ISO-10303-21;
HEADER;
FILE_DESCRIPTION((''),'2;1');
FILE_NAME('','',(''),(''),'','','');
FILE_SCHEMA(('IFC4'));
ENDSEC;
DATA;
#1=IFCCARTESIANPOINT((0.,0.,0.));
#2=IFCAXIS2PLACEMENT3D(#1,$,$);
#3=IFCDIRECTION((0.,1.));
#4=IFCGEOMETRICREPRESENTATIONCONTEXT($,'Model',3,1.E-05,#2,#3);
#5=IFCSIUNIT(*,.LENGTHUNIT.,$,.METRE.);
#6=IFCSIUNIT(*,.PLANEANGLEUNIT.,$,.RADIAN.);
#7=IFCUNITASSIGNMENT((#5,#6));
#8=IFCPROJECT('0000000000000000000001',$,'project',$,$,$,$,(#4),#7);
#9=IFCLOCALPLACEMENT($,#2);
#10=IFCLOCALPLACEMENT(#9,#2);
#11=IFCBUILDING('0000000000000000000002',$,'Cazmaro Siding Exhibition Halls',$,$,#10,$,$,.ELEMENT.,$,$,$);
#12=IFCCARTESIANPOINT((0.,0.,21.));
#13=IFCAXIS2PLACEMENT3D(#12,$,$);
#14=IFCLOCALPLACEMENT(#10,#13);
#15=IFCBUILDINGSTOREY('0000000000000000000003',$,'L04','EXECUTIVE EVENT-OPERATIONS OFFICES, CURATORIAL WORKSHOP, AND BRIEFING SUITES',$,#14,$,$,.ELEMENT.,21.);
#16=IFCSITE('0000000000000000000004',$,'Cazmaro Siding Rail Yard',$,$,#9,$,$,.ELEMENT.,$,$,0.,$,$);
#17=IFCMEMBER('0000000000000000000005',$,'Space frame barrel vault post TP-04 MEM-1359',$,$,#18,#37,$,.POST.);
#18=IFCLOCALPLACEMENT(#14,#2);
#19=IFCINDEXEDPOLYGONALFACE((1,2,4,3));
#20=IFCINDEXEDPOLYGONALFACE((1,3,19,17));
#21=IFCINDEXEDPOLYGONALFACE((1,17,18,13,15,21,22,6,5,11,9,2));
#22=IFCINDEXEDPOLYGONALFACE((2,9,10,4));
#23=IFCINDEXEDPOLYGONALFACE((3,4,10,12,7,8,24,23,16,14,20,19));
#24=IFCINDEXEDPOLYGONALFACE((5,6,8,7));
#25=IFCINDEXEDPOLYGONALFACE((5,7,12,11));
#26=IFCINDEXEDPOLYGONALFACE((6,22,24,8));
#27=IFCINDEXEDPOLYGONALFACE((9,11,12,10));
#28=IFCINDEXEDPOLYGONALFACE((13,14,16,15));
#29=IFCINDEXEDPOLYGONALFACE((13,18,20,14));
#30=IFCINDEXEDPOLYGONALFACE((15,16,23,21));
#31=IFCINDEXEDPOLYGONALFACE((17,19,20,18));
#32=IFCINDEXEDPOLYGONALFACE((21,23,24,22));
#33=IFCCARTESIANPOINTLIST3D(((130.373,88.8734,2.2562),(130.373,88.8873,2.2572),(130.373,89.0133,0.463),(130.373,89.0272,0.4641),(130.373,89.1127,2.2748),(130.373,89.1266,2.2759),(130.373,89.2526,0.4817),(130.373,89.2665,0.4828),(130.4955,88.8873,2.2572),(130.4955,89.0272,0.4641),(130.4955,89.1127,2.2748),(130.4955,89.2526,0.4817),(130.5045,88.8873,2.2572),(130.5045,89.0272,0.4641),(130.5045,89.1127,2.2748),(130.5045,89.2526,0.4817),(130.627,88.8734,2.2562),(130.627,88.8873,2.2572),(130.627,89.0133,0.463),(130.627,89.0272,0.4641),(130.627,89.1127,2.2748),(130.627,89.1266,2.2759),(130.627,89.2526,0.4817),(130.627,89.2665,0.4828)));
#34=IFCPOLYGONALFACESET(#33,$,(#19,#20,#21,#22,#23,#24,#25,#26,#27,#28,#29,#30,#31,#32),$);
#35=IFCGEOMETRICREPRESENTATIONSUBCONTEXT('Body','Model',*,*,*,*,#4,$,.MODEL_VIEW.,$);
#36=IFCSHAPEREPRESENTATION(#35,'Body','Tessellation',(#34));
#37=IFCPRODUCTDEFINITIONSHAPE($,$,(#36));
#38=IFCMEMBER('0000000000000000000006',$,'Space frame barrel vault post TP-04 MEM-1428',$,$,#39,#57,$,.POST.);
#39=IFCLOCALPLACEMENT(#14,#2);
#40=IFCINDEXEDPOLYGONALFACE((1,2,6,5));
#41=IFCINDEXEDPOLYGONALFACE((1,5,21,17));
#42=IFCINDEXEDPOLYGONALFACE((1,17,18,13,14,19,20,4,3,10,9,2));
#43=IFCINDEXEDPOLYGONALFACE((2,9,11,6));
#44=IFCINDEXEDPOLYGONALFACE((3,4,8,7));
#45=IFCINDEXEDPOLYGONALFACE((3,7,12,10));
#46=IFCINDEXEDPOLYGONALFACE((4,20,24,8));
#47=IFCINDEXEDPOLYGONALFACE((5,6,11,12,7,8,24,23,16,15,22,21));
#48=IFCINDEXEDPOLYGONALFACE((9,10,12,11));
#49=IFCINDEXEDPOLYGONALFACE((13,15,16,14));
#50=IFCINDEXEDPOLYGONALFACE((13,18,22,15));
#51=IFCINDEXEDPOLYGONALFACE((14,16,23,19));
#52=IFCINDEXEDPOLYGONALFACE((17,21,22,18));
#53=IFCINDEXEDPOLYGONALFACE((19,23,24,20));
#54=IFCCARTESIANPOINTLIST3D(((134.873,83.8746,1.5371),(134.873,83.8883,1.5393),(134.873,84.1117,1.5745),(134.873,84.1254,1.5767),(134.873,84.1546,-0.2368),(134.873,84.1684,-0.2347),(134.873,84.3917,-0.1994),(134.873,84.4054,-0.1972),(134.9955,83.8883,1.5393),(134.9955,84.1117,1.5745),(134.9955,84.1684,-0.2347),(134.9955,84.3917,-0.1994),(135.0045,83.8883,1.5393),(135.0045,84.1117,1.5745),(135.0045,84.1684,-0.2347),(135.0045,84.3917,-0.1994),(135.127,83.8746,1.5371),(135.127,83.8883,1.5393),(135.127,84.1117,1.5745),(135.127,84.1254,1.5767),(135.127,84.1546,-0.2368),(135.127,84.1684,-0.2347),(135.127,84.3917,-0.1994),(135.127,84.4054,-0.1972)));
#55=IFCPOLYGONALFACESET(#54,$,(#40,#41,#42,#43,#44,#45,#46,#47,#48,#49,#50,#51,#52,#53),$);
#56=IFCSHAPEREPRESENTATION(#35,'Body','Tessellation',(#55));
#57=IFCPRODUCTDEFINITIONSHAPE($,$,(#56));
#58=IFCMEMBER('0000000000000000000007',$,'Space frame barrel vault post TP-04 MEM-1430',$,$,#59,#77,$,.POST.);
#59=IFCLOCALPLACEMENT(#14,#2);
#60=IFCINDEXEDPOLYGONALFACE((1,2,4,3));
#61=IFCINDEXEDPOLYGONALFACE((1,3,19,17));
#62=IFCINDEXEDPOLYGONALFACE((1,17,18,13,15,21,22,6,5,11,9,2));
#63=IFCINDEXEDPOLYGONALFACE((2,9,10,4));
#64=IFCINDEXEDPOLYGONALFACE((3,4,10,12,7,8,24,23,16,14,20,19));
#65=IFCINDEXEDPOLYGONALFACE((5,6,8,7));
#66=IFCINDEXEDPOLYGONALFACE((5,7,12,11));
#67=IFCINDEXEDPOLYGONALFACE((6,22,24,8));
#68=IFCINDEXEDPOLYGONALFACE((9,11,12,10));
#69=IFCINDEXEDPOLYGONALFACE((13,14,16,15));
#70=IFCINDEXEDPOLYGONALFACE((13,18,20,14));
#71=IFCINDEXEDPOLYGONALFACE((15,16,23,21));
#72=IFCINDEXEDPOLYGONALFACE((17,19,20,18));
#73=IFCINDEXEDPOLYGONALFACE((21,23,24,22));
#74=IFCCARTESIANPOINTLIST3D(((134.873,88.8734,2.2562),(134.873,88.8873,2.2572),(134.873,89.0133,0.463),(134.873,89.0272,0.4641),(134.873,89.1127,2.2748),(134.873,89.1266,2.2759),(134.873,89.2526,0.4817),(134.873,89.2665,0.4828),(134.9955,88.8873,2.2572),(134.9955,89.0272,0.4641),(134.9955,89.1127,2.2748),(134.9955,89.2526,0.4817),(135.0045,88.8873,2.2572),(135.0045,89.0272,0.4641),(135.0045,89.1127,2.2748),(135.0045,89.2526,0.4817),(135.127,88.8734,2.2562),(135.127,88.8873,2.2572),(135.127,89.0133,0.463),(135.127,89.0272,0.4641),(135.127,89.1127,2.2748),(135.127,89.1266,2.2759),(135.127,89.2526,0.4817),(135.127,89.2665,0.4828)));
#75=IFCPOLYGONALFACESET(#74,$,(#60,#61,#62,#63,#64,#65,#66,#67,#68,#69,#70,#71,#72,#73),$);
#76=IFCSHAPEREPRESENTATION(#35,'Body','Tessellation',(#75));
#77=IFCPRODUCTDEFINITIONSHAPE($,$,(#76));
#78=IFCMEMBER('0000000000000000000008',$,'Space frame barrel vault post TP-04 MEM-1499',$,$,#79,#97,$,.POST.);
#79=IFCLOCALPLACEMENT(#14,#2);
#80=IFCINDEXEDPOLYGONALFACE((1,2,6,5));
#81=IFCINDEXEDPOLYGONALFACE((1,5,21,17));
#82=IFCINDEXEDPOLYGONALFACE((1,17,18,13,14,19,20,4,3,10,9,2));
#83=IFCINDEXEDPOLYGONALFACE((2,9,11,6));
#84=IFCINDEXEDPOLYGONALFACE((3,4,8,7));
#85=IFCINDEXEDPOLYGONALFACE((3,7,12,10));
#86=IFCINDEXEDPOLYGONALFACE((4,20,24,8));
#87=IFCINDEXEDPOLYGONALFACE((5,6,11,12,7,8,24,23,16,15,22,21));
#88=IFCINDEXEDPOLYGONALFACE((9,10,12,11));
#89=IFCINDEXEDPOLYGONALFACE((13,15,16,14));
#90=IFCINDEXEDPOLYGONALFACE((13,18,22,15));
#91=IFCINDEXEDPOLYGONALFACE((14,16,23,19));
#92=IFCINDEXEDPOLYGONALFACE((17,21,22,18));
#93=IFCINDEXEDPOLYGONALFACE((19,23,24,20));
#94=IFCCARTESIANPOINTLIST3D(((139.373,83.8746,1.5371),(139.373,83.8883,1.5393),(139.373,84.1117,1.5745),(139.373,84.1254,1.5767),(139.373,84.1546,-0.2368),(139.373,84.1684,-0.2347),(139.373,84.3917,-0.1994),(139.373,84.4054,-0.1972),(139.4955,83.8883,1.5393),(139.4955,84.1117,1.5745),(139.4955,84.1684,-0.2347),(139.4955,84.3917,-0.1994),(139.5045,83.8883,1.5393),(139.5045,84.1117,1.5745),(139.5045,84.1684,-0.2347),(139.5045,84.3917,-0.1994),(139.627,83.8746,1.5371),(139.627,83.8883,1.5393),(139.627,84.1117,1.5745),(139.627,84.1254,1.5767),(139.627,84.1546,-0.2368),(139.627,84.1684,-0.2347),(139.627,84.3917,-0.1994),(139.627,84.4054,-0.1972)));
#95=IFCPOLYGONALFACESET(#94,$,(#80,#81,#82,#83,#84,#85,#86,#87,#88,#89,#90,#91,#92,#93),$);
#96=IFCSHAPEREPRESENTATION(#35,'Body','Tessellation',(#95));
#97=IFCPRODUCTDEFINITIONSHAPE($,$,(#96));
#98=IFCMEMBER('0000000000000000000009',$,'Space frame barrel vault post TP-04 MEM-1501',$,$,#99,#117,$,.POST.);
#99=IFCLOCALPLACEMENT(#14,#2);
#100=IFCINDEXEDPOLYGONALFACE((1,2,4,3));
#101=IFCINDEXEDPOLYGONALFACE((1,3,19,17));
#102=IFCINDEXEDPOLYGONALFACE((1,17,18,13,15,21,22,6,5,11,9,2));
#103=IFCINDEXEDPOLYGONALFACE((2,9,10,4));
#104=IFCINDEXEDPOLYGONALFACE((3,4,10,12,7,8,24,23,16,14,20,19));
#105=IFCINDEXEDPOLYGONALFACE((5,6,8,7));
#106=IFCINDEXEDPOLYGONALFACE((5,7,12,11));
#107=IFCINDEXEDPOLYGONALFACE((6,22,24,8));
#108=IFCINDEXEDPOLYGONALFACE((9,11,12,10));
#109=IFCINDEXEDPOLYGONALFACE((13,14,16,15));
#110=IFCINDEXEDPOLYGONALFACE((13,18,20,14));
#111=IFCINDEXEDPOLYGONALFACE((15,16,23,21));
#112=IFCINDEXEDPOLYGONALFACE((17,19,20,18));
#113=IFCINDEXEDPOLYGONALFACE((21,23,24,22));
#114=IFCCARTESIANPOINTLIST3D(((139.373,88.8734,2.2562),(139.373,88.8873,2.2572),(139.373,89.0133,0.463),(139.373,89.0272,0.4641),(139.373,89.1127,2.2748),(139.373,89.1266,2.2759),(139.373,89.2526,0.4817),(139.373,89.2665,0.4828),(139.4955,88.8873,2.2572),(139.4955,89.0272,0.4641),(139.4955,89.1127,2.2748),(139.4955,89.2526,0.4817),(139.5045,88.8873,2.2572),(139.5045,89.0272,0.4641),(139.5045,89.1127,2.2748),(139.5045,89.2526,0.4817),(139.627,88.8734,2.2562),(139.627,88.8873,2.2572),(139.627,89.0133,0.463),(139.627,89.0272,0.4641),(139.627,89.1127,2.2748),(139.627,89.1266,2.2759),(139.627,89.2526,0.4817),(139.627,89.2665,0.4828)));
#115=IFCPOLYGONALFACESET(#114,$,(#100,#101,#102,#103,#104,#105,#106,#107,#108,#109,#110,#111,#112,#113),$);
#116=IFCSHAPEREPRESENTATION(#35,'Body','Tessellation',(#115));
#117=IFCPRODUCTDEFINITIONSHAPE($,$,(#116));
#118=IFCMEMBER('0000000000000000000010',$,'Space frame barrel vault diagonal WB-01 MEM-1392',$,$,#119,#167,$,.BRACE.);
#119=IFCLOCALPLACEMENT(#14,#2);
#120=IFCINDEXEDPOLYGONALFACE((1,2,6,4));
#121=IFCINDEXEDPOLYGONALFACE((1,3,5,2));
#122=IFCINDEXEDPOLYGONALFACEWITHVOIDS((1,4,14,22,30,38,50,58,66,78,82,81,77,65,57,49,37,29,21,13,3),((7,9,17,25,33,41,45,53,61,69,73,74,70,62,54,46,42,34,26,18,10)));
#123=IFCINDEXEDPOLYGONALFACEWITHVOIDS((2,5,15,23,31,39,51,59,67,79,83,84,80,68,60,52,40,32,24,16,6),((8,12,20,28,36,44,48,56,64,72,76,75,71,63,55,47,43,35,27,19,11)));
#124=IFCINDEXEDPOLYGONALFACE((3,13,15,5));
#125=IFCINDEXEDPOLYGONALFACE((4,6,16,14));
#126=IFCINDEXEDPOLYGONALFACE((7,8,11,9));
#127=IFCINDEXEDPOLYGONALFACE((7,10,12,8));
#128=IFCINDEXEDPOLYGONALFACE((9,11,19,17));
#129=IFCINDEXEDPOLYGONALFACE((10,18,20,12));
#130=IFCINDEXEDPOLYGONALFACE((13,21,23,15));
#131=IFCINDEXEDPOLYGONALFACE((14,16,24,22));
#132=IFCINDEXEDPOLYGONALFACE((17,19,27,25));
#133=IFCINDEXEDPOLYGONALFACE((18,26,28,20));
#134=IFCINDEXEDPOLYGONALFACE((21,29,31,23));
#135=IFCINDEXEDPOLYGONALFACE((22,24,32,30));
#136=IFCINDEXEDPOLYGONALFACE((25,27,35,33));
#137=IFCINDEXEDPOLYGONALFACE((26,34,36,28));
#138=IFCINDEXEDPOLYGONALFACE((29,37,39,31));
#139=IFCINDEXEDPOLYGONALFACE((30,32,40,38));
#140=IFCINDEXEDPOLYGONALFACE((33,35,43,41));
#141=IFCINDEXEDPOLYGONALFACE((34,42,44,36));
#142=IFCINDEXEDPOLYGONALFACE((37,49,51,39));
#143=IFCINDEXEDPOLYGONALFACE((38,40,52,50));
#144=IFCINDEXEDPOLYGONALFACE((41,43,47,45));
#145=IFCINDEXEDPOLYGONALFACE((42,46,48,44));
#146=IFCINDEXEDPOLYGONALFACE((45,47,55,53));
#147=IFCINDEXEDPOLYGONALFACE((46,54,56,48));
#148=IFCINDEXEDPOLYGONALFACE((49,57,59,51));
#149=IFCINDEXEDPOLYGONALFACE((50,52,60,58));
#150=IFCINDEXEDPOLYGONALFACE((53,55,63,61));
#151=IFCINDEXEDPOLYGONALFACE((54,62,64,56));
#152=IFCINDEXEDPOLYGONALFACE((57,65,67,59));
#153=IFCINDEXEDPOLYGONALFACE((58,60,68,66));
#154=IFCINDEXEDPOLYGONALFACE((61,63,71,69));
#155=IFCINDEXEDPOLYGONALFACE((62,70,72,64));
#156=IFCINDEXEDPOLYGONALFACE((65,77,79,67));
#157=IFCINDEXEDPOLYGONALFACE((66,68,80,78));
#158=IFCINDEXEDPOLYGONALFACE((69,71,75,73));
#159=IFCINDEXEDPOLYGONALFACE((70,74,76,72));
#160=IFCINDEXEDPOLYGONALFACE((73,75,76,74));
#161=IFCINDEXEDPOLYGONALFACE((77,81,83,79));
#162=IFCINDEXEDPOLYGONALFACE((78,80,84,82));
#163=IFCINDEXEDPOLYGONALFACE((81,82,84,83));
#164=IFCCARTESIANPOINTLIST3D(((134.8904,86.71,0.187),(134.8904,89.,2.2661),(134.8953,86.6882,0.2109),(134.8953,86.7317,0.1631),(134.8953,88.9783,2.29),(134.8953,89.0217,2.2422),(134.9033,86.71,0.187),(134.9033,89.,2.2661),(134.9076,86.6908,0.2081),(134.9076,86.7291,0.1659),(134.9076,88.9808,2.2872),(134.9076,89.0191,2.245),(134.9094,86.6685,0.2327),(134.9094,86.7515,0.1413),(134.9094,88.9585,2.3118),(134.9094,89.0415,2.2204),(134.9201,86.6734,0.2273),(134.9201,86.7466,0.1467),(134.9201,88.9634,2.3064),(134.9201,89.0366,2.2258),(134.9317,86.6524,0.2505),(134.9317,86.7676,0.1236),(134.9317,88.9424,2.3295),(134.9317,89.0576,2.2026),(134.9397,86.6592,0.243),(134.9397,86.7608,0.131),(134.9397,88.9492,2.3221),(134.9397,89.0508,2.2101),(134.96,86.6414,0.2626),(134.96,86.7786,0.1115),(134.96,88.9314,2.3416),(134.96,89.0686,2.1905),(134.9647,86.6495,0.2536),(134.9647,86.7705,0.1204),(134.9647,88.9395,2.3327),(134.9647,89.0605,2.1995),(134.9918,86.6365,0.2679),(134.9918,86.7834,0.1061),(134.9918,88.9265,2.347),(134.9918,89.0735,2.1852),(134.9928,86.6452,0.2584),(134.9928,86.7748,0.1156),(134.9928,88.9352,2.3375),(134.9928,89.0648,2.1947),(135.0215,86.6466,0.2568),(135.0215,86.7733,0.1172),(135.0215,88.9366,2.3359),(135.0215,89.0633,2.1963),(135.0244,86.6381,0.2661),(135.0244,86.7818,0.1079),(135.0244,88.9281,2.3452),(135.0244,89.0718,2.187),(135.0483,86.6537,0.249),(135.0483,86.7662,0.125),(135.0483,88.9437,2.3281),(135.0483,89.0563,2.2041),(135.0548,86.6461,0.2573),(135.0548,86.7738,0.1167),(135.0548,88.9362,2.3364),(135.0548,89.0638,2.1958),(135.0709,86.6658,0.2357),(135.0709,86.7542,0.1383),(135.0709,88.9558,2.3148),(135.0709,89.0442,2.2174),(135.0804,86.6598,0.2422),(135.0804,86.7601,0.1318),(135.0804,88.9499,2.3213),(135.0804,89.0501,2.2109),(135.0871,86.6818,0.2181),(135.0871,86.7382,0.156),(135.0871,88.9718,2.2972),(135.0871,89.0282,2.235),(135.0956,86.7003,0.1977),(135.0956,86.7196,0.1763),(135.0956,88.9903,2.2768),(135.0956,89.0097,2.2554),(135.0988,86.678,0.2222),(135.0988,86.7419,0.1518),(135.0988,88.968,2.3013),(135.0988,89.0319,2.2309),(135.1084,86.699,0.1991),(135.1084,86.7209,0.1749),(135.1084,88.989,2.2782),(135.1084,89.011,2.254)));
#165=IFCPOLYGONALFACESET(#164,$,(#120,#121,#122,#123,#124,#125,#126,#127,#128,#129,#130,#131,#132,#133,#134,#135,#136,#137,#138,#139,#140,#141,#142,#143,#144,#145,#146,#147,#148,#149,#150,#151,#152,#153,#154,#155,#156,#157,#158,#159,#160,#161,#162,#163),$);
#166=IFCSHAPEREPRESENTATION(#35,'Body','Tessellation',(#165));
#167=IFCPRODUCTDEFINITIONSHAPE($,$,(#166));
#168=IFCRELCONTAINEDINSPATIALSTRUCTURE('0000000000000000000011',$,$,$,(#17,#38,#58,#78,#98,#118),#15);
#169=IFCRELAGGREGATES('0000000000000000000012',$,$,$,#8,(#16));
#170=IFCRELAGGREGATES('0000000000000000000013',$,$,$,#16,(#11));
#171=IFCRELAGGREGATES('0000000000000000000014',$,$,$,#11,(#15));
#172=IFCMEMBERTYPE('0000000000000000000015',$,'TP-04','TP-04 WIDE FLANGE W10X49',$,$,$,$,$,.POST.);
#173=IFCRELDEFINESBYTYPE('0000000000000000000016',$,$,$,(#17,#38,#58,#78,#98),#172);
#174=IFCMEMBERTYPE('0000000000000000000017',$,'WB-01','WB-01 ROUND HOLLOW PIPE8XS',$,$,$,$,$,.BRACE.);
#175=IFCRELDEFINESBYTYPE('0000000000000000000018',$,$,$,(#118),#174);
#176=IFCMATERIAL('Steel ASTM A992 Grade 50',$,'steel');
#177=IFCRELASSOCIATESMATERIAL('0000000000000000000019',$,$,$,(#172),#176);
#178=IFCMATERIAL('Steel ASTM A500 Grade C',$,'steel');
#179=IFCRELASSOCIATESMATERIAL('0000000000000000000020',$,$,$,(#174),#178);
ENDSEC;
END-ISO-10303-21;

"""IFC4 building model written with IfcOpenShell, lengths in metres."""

from ifc_helpers import new_model, si_unit, direction, frame, origin, origin_2d, place, context, subcontext, project, spatial, hollow_circle, i_section, extrude, material, material_profile, profile_set, type_object, element, save


model = new_model("IFC4")

# Units and contexts
model_context = context("Model", 3, precision=1e-05, world=origin(), true_north=direction((0.0, 1.0)))
body_context = subcontext(model_context, "Body", "Model", "MODEL_VIEW")
ifc_project = project(units=[si_unit("LENGTHUNIT", "METRE"), si_unit("PLANEANGLEUNIT", "RADIAN")], contexts=[model_context])

# Site, building, storey
site_placement = place(None, origin())
site = spatial("IfcSite", under=ifc_project, at=site_placement, Name="Cazmaro Siding Rail Yard", CompositionType="ELEMENT", RefElevation=0.0)
building_placement = place(site_placement, origin())
building = spatial("IfcBuilding", under=site, at=building_placement, Name="Cazmaro Siding Exhibition Halls", CompositionType="ELEMENT")
storey_placement = place(building_placement, frame((0.0, 0.0, 21.0)))
storey = spatial("IfcBuildingStorey", under=building, at=storey_placement, Name="L04", Description="EXECUTIVE EVENT-OPERATIONS OFFICES, CURATORIAL WORKSHOP, AND BRIEFING SUITES", CompositionType="ELEMENT", Elevation=21.0)

# Members
ifc_material_1 = material(Name="Steel ASTM A992 Grade 50", Category="steel")
ifc_material_profile_1 = material_profile(ifc_material_1, i_section(OverallWidth=0.2539, OverallDepth=0.2539, WebThickness=0.009, FlangeThickness=0.0139, at=origin_2d()), Name="W10X49")
ifc_profile_set_1 = profile_set([ifc_material_profile_1], Name="Steel ASTM A992 Grade 50")
member_type_1 = type_object("IfcMemberType", Name="TP-04", Description="TP-04 WIDE FLANGE W10X49", PredefinedType="POST", material=ifc_profile_set_1)
member_1_placement = place(storey_placement, frame((130.5, 89.1399, 0.4729), z_axis=(0.0, -0.077776, 0.996971), x_axis=(1.0, 0.0, 0.0)))
element("IfcMember", 1, at=member_1_placement, inside=storey, type_object=member_type_1, Name="Space frame barrel vault post TP-04 MEM-1359", PredefinedType="POST", context=body_context, shape_type="SweptSolid", body=[
    extrude(i_section(OverallWidth=0.2539, OverallDepth=0.2539, WebThickness=0.009, FlangeThickness=0.0139, at=origin_2d()), origin(), (0.0, 0.0, 1.0), 1.7986),
])
member_2_placement = place(storey_placement, frame((135.0, 84.28, -0.217), z_axis=(0.0, -0.155928, 0.987768), x_axis=(1.0, 0.0, 0.0)))
element("IfcMember", 2, at=member_2_placement, inside=storey, type_object=member_type_1, Name="Space frame barrel vault post TP-04 MEM-1428", PredefinedType="POST", context=body_context, shape_type="SweptSolid", body=[
    extrude(i_section(OverallWidth=0.2539, OverallDepth=0.2539, WebThickness=0.009, FlangeThickness=0.0139, at=origin_2d()), origin(), (0.0, 0.0, 1.0), 1.7959),
])
member_3_placement = place(storey_placement, frame((135.0, 89.1399, 0.4729), z_axis=(0.0, -0.077776, 0.996971), x_axis=(1.0, 0.0, 0.0)))
element("IfcMember", 3, at=member_3_placement, inside=storey, type_object=member_type_1, Name="Space frame barrel vault post TP-04 MEM-1430", PredefinedType="POST", context=body_context, shape_type="SweptSolid", body=[
    extrude(i_section(OverallWidth=0.2539, OverallDepth=0.2539, WebThickness=0.009, FlangeThickness=0.0139, at=origin_2d()), origin(), (0.0, 0.0, 1.0), 1.7986),
])
member_4_placement = place(storey_placement, frame((139.5, 84.28, -0.217), z_axis=(0.0, -0.155928, 0.987768), x_axis=(1.0, 0.0, 0.0)))
element("IfcMember", 4, at=member_4_placement, inside=storey, type_object=member_type_1, Name="Space frame barrel vault post TP-04 MEM-1499", PredefinedType="POST", context=body_context, shape_type="SweptSolid", body=[
    extrude(i_section(OverallWidth=0.2539, OverallDepth=0.2539, WebThickness=0.009, FlangeThickness=0.0139, at=origin_2d()), origin(), (0.0, 0.0, 1.0), 1.7959),
])
member_5_placement = place(storey_placement, frame((139.5, 89.1399, 0.4729), z_axis=(0.0, -0.077776, 0.996971), x_axis=(1.0, 0.0, 0.0)))
element("IfcMember", 5, at=member_5_placement, inside=storey, type_object=member_type_1, Name="Space frame barrel vault post TP-04 MEM-1501", PredefinedType="POST", context=body_context, shape_type="SweptSolid", body=[
    extrude(i_section(OverallWidth=0.2539, OverallDepth=0.2539, WebThickness=0.009, FlangeThickness=0.0139, at=origin_2d()), origin(), (0.0, 0.0, 1.0), 1.7986),
])
ifc_material_2 = material(Name="Steel ASTM A500 Grade C", Category="steel")
ifc_material_profile_2 = material_profile(ifc_material_2, hollow_circle(Radius=0.1096, WallThickness=0.0129, at=origin_2d()), Name="PIPE8XS")
ifc_profile_set_2 = profile_set([ifc_material_profile_2], Name="Steel ASTM A500 Grade C")
member_type_2 = type_object("IfcMemberType", Name="WB-01", Description="WB-01 ROUND HOLLOW PIPE8XS", PredefinedType="BRACE", material=ifc_profile_set_2)
for number, where, z_axis, x_axis, name in (
    (6, (135.0, 86.71, 0.187), (0.0, 0.740383, 0.672185), (-1.0, 0.0, 0.0), "Space frame barrel vault diagonal WB-01 MEM-1392"),
):
    element("IfcMember", number, at=place(storey_placement, frame(where, z_axis=z_axis, x_axis=x_axis)), inside=storey, type_object=member_type_2, Name=name, PredefinedType="BRACE", context=body_context, shape_type="SweptSolid", body=[
        extrude(hollow_circle(Radius=0.1096, WallThickness=0.0129, at=origin_2d()), origin(), (0.0, 0.0, 1.0), 3.093),
    ])

save(model, "model.ifc")
